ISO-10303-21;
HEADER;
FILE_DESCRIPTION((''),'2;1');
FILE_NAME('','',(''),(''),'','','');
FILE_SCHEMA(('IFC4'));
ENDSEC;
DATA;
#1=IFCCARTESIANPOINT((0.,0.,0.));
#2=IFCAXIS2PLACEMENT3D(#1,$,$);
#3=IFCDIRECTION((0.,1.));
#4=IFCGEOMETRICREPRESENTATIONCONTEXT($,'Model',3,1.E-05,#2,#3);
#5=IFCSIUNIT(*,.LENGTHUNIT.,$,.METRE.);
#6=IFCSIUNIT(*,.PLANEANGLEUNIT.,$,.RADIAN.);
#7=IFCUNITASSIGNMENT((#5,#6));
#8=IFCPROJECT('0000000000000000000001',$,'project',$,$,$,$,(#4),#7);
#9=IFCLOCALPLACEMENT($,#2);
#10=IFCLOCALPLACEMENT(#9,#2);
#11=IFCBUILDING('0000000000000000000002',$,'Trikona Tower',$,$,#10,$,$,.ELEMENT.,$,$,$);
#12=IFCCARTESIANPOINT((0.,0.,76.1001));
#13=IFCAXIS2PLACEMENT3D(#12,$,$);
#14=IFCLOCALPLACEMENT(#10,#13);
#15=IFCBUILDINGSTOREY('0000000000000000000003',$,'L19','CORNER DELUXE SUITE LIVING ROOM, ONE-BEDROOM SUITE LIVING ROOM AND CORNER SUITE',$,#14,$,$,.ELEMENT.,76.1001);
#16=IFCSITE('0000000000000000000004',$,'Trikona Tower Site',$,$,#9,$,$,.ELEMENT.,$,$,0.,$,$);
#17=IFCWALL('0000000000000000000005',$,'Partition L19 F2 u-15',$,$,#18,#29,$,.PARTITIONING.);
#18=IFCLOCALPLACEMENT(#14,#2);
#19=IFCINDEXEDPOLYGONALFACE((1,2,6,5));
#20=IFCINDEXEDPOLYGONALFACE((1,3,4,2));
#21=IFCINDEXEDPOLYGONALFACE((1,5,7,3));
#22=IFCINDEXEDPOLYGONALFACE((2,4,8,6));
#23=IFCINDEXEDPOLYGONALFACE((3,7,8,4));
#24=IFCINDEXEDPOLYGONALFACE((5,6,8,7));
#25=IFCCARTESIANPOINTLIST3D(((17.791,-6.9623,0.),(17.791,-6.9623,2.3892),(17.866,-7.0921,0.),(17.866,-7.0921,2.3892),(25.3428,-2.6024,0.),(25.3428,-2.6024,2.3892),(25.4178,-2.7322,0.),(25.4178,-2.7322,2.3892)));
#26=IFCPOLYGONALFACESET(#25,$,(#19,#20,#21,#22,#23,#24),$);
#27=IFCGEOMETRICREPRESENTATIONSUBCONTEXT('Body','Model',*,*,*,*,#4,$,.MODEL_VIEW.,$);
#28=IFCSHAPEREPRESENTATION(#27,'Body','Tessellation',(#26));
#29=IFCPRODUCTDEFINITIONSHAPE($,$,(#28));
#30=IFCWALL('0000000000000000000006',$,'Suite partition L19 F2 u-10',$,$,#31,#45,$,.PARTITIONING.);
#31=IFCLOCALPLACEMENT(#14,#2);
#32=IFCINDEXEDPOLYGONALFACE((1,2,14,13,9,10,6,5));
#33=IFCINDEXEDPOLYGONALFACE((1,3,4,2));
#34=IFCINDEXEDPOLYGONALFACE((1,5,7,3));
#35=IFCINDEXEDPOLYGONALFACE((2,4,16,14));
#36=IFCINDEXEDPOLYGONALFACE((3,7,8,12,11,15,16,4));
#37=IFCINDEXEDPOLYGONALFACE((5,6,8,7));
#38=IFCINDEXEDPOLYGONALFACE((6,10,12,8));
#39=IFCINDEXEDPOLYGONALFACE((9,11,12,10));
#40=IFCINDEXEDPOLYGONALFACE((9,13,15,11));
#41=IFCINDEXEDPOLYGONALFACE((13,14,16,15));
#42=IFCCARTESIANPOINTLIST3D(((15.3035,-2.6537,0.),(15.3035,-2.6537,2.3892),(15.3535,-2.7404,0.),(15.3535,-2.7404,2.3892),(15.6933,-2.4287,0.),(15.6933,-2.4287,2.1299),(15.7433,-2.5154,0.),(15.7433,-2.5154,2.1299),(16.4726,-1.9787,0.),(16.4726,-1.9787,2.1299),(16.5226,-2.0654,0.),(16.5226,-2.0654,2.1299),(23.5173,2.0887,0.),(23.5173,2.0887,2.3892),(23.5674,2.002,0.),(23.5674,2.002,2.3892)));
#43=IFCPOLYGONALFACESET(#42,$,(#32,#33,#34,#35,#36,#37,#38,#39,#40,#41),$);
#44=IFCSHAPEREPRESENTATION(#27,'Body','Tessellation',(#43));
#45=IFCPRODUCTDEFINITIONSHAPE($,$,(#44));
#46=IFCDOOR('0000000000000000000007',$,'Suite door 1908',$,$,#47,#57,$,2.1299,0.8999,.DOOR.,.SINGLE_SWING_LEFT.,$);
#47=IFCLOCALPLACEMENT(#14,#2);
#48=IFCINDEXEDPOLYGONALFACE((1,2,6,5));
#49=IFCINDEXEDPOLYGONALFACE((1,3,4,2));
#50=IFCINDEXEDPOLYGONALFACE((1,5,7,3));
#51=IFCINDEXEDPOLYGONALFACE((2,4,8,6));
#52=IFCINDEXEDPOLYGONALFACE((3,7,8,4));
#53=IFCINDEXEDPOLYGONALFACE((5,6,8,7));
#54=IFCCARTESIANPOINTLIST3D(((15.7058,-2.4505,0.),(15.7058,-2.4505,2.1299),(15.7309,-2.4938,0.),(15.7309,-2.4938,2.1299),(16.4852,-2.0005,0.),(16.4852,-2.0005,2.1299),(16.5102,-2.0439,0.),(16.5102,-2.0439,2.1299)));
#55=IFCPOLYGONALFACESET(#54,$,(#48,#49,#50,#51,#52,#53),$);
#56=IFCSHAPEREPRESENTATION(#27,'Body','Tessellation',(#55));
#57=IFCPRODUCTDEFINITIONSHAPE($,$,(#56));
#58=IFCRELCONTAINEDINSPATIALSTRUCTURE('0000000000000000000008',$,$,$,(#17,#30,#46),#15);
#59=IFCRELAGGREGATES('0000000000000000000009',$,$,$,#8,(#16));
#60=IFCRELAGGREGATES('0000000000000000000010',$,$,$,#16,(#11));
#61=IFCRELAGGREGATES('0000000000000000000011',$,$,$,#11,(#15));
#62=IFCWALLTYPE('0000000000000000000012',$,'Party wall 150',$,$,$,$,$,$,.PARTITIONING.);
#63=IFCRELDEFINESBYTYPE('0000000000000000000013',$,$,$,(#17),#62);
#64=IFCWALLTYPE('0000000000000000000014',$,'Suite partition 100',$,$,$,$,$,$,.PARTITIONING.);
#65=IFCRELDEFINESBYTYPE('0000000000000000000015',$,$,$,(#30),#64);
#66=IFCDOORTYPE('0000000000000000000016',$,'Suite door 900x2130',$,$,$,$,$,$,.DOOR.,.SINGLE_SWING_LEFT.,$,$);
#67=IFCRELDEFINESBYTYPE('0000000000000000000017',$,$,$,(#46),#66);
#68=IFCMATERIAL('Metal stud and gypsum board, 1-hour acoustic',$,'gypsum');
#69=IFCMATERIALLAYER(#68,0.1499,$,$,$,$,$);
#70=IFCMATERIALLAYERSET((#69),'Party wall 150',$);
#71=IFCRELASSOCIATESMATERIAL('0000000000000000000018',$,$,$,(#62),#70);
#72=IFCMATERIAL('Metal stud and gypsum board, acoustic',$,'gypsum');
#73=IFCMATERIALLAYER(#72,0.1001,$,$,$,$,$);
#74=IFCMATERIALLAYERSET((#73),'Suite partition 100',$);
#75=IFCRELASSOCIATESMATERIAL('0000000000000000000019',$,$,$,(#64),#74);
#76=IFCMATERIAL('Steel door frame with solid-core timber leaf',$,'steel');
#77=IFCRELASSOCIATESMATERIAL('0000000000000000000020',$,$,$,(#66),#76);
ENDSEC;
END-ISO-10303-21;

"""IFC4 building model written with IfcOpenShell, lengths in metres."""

from ifc_helpers import new_model, si_unit, direction, frame, frame_2d, origin, place, context, subcontext, project, spatial, rectangle, extrude, material, layer, layer_set, type_object, element, fill, save


model = new_model("IFC4")

# Units and contexts
model_context = context("Model", 3, precision=1e-05, world=origin(), true_north=direction((0.0, 1.0)))
body_context = subcontext(model_context, "Body", "Model", "MODEL_VIEW")
ifc_project = project(units=[si_unit("LENGTHUNIT", "METRE"), si_unit("PLANEANGLEUNIT", "RADIAN")], contexts=[model_context])

# Site, building, storey
site_placement = place(None, origin())
site = spatial("IfcSite", under=ifc_project, at=site_placement, Name="Trikona Tower Site", CompositionType="ELEMENT", RefElevation=0.0)
building_placement = place(site_placement, origin())
building = spatial("IfcBuilding", under=site, at=building_placement, Name="Trikona Tower", CompositionType="ELEMENT")
storey_placement = place(building_placement, frame((0.0, 0.0, 76.1001)))
storey = spatial("IfcBuildingStorey", under=building, at=storey_placement, Name="L19", Description="CORNER DELUXE SUITE LIVING ROOM, ONE-BEDROOM SUITE LIVING ROOM AND CORNER SUITE", CompositionType="ELEMENT", Elevation=76.1001)

# Wall
ifc_material_1 = material(Name="Metal stud and gypsum board, 1-hour acoustic", Category="gypsum")
ifc_layer_1 = layer(ifc_material_1, 0.1499)
ifc_layer_set_1 = layer_set([ifc_layer_1], Name="Party wall 150")
wall_type_1 = type_object("IfcWallType", Name="Party wall 150", PredefinedType="PARTITIONING", material=ifc_layer_set_1)
wall_1_placement = place(storey_placement, frame((17.8286, -7.0271, 0.0), z_axis=(0.0, 0.0, 1.0), x_axis=(0.866033, 0.499987, 0.0)))
element("IfcWall", 1, at=wall_1_placement, inside=storey, type_object=wall_type_1, Name="Partition L19 F2 u-15", PredefinedType="PARTITIONING", context=body_context, shape_type="SweptSolid", body=[
    extrude(rectangle(XDim=8.72, YDim=0.1499, at=frame_2d((4.3599, 0.0))), origin(), (0.0, 0.0, 1.0), 2.3892),
])

# Wall, opening, door
ifc_material_2 = material(Name="Metal stud and gypsum board, acoustic", Category="gypsum")
ifc_layer_2 = layer(ifc_material_2, 0.1001)
ifc_layer_set_2 = layer_set([ifc_layer_2], Name="Suite partition 100")
wall_type_2 = type_object("IfcWallType", Name="Suite partition 100", PredefinedType="PARTITIONING", material=ifc_layer_set_2)
wall_2_placement = place(storey_placement, frame((15.3286, -2.697, 0.0), z_axis=(0.0, 0.0, 1.0), x_axis=(0.866018, 0.500012, 0.0)))
wall_2 = element("IfcWall", 2, at=wall_2_placement, inside=storey, type_object=wall_type_2, Name="Suite partition L19 F2 u-10", PredefinedType="PARTITIONING", context=body_context, shape_type="SweptSolid", body=[
    extrude(rectangle(XDim=9.4846, YDim=0.1001, at=frame_2d((4.7422, 0.0))), origin(), (0.0, 0.0, 1.0), 2.3892),
])
opening_1_placement = place(wall_2_placement, frame((0.45, 0.0, 0.0)))
opening_1 = element("IfcOpeningElement", 3, at=opening_1_placement, cuts=wall_2, PredefinedType="OPENING", context=body_context, shape_type="SweptSolid", body=[
    extrude(rectangle(XDim=0.8999, YDim=2.1299, at=frame_2d((0.45, 1.0649))), frame((0.0, 0.0601, 0.0), z_axis=(0.0, -1.0, 0.0), x_axis=(1.0, 0.0, 0.0)), (0.0, 0.0, 1.0), 0.1201),
])
ifc_material_3 = material(Name="Steel door frame with solid-core timber leaf", Category="steel")
door_type_1 = type_object("IfcDoorType", Name="Suite door 900x2130", OperationType="SINGLE_SWING_LEFT", PredefinedType="DOOR", material=ifc_material_3)
door_1_placement = place(opening_1_placement, origin())
door_1 = element("IfcDoor", 4, at=door_1_placement, inside=storey, type_object=door_type_1, Name="Suite door 1908", OperationType="SINGLE_SWING_LEFT", OverallHeight=2.1299, OverallWidth=0.8999, PredefinedType="DOOR", context=body_context, shape_type="SweptSolid", body=[
    extrude(rectangle(XDim=0.8999, YDim=2.1299, at=frame_2d((0.45, 1.0649))), frame((0.0, 0.0249, 0.0), z_axis=(0.0, -1.0, 0.0), x_axis=(1.0, 0.0, 0.0)), (0.0, 0.0, 1.0), 0.05),
])
fill(opening_1, door_1)

save(model, "model.ifc")
